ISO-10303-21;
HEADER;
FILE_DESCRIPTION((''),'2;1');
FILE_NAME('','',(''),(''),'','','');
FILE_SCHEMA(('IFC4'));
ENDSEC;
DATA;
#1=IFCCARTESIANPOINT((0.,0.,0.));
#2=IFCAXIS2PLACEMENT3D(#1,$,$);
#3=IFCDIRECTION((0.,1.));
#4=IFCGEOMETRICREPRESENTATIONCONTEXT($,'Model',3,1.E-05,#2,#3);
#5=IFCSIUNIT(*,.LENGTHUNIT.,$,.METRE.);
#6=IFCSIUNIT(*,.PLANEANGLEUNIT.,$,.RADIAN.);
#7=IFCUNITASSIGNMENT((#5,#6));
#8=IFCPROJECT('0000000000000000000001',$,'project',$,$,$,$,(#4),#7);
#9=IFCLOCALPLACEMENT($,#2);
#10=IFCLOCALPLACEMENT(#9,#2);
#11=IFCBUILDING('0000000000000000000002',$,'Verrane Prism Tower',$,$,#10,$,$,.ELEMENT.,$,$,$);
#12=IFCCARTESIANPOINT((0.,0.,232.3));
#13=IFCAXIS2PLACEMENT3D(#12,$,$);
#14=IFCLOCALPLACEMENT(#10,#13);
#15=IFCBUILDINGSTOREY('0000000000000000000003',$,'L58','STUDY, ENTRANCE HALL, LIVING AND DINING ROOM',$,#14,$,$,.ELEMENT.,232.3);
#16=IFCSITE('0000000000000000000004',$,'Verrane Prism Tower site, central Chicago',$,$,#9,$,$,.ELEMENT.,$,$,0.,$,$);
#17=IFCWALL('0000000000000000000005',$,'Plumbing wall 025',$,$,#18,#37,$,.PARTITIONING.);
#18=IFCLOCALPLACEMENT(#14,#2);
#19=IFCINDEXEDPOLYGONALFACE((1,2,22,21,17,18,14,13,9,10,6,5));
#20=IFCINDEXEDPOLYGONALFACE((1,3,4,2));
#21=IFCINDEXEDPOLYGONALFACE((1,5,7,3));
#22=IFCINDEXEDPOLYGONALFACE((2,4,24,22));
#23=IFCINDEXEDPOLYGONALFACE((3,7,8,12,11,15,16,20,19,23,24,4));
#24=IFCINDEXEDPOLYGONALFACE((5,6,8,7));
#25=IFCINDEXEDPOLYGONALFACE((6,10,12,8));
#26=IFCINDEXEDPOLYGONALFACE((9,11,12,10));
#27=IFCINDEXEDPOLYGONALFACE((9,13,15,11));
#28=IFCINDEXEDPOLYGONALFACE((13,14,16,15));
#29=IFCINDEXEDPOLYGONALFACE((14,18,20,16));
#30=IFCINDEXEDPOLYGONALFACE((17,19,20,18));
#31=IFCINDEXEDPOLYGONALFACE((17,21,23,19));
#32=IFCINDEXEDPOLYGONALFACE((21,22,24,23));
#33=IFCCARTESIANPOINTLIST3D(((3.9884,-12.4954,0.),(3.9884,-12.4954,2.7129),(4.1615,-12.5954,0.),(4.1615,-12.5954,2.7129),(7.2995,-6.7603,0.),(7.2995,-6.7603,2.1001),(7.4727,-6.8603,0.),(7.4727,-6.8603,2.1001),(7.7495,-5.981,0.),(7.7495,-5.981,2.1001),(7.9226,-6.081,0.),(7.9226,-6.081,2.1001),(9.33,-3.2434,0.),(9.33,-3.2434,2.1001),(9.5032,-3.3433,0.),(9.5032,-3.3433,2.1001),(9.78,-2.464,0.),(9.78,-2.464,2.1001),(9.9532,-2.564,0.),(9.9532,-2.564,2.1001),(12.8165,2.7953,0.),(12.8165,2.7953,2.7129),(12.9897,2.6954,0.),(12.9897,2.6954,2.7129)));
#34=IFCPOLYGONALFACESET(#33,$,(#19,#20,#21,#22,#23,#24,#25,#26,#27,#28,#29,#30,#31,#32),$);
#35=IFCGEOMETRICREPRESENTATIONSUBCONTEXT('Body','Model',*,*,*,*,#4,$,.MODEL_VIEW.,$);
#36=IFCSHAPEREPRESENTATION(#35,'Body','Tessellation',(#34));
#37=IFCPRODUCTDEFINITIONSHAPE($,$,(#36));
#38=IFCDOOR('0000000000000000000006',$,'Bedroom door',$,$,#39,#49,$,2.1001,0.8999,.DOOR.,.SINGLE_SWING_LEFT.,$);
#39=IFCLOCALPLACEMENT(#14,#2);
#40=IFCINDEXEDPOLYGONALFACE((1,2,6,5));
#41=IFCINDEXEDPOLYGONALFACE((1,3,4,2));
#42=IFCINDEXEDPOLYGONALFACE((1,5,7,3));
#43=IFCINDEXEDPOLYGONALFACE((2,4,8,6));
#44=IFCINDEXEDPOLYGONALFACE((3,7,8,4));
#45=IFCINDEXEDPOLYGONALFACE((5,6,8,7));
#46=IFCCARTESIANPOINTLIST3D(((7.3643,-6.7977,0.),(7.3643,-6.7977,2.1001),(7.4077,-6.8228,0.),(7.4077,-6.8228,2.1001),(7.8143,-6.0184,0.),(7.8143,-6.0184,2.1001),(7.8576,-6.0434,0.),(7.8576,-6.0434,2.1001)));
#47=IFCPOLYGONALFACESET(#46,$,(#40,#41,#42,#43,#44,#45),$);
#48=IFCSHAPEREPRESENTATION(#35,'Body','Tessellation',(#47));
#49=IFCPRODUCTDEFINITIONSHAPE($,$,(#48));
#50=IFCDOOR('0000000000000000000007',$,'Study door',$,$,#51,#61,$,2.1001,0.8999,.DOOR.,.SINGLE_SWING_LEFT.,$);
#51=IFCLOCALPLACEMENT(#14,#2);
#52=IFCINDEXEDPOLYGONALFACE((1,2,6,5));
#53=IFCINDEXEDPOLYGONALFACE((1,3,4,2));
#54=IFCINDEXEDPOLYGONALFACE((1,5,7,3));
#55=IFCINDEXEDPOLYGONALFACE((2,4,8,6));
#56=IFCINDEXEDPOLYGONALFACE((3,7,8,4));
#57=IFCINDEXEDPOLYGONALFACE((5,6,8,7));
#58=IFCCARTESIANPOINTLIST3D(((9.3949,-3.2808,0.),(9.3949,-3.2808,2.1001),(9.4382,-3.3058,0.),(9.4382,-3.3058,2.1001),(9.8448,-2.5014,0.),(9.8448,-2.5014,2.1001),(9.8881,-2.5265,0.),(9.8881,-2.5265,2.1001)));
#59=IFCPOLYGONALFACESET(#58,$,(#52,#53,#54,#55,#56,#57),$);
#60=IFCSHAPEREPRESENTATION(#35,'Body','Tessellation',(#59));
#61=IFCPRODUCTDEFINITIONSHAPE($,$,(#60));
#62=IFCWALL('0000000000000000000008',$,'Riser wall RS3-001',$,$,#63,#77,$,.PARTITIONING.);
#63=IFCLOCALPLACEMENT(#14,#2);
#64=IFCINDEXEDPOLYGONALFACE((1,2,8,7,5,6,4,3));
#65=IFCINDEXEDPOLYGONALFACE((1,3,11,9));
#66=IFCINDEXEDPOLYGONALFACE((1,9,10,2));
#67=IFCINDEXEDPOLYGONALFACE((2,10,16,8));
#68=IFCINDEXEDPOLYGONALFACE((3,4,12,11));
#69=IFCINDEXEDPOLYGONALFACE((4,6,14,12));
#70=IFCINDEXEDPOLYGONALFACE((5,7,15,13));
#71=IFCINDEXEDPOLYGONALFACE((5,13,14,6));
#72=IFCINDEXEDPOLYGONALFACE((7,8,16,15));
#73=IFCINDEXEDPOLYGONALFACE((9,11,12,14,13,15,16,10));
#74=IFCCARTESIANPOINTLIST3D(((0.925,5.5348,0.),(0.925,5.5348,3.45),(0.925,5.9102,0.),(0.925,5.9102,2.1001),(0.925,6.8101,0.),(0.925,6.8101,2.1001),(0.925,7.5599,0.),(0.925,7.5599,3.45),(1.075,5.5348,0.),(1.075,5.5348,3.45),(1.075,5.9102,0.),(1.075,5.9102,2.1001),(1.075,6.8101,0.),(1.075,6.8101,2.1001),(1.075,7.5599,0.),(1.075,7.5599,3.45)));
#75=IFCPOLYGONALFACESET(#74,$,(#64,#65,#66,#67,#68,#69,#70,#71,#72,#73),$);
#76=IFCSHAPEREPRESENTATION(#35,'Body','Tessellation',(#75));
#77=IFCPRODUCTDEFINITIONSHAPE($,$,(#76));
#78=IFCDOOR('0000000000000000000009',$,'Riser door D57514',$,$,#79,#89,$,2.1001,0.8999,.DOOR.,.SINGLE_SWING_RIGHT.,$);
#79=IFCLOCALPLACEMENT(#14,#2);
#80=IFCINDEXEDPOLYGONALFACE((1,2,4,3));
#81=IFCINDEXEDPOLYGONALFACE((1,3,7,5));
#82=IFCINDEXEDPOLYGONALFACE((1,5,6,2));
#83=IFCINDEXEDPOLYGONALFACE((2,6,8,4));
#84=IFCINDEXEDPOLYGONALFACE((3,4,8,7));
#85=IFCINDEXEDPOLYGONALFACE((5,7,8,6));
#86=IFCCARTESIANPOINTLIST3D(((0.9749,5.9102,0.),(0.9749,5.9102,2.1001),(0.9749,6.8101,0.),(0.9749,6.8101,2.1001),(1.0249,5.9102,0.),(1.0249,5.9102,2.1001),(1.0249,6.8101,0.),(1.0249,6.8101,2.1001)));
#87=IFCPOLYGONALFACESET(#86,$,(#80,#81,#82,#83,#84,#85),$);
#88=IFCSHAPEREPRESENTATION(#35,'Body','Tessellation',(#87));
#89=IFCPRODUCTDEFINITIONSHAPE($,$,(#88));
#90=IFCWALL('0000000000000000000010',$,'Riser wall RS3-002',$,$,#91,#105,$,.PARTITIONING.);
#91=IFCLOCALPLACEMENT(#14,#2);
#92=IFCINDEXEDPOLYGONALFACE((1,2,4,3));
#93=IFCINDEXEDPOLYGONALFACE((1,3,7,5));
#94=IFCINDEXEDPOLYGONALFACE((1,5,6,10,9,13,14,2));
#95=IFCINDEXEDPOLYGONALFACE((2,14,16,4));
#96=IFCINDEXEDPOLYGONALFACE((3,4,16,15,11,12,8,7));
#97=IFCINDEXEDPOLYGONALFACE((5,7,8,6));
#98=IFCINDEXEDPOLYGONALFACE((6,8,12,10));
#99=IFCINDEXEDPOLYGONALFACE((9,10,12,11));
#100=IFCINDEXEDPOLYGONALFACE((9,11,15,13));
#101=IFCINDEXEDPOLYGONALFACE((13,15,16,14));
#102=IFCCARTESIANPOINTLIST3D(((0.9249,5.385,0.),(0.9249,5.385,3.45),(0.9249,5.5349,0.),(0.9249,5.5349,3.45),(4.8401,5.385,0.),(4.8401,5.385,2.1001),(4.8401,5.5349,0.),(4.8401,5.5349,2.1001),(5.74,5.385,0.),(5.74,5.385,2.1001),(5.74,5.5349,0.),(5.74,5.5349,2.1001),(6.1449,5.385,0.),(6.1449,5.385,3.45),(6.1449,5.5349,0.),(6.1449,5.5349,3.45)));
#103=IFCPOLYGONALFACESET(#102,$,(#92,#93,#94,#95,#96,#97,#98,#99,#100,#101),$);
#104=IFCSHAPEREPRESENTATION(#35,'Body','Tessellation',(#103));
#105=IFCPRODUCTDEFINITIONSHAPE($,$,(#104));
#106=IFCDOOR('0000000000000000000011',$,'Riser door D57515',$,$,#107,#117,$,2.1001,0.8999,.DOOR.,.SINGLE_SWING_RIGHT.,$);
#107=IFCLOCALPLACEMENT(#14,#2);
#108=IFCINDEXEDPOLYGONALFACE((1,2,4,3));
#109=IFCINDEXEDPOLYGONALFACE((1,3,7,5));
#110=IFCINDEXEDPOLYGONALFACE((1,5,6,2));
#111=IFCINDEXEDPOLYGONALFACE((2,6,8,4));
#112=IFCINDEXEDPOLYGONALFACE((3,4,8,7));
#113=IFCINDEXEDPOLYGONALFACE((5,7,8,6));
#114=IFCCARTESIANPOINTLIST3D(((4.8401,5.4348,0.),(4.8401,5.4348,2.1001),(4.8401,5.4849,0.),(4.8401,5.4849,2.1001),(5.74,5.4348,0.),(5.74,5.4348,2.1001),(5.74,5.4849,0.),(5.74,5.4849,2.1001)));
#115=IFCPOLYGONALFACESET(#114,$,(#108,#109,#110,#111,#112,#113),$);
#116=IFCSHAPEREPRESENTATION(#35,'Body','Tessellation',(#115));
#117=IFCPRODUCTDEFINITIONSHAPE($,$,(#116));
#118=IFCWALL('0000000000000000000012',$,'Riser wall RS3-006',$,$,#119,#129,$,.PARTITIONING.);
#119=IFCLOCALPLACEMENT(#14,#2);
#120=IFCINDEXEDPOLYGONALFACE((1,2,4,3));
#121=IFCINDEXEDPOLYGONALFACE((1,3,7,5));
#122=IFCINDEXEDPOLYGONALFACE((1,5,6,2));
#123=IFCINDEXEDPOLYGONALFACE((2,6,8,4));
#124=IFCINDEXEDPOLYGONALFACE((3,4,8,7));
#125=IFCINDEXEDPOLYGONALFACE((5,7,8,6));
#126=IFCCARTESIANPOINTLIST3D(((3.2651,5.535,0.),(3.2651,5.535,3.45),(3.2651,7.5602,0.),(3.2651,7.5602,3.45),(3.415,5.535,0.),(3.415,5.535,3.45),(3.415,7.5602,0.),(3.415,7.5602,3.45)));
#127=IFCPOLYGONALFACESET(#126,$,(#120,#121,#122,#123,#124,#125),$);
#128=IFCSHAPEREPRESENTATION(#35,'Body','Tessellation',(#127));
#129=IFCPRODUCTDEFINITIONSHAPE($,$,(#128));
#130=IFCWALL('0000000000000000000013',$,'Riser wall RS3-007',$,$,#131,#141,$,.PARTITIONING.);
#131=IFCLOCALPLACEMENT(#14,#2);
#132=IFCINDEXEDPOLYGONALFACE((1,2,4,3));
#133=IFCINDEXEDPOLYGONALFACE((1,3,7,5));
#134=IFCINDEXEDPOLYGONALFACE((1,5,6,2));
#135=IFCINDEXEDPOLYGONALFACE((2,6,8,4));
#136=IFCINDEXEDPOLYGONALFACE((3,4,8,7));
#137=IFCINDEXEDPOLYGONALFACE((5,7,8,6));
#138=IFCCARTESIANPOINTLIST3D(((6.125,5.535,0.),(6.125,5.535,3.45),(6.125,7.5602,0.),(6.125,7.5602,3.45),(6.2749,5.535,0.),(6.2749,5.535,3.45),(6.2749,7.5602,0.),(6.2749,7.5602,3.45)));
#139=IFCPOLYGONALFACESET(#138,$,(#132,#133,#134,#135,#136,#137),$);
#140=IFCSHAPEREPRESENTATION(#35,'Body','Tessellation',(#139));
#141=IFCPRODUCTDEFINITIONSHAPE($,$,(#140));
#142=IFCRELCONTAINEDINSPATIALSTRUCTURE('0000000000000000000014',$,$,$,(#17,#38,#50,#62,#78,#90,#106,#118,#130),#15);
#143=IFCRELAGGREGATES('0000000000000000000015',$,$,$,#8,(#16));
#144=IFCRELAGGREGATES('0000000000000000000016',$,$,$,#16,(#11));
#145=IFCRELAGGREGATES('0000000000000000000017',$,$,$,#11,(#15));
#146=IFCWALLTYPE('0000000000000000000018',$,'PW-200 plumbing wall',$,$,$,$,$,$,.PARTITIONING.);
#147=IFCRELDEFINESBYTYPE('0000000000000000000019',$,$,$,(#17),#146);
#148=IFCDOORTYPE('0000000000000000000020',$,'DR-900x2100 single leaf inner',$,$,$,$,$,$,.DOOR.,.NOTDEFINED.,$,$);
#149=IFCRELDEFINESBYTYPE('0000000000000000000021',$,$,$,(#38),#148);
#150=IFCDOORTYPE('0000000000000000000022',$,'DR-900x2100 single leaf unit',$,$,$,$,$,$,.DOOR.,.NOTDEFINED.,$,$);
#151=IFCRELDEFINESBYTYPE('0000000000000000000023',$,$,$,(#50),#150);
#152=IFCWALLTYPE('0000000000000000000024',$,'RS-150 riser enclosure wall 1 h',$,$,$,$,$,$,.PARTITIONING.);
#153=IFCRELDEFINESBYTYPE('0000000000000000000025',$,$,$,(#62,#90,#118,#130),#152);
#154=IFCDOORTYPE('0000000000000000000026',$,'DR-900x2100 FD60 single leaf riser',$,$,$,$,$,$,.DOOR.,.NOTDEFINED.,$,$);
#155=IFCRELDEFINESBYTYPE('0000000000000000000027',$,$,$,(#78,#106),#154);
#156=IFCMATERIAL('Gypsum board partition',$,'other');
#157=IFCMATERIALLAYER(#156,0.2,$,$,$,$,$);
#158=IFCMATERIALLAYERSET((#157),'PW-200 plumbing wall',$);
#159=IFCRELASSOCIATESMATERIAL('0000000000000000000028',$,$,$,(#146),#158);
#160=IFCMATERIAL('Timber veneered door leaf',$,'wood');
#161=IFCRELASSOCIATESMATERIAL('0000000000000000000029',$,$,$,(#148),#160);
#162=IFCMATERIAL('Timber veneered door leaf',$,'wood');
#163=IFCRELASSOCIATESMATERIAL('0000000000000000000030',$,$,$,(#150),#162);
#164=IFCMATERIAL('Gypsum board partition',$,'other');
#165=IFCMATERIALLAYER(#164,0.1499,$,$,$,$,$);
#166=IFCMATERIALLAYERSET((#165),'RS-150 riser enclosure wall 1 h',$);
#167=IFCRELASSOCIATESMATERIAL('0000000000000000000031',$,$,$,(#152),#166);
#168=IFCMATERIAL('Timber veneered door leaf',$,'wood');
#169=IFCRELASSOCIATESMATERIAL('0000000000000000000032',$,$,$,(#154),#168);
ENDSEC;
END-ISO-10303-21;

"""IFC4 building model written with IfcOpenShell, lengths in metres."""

from ifc_helpers import new_model, si_unit, direction, frame, frame_2d, origin, place, context, subcontext, project, spatial, rectangle, extrude, material, layer, layer_set, type_object, element, fill, save


model = new_model("IFC4")

# Units and contexts
model_context = context("Model", 3, precision=1e-05, world=origin(), true_north=direction((0.0, 1.0)))
body_context = subcontext(model_context, "Body", "Model", "MODEL_VIEW")
ifc_project = project(units=[si_unit("LENGTHUNIT", "METRE"), si_unit("PLANEANGLEUNIT", "RADIAN")], contexts=[model_context])

# Site, building, storey
site_placement = place(None, origin())
site = spatial("IfcSite", under=ifc_project, at=site_placement, Name="Verrane Prism Tower site, central Chicago", CompositionType="ELEMENT", RefElevation=0.0)
building_placement = place(site_placement, origin())
building = spatial("IfcBuilding", under=site, at=building_placement, Name="Verrane Prism Tower", CompositionType="ELEMENT")
storey_placement = place(building_placement, frame((0.0, 0.0, 232.3)))
storey = spatial("IfcBuildingStorey", under=building, at=storey_placement, Name="L58", Description="STUDY, ENTRANCE HALL, LIVING AND DINING ROOM", CompositionType="ELEMENT", Elevation=232.3)

# Wall, openings, doors
ifc_material_1 = material(Name="Gypsum board partition", Category="other")
ifc_layer_1 = layer(ifc_material_1, 0.2)
ifc_layer_set_1 = layer_set([ifc_layer_1], Name="PW-200 plumbing wall")
wall_type_1 = type_object("IfcWallType", Name="PW-200 plumbing wall", PredefinedType="PARTITIONING", material=ifc_layer_set_1)
wall_1_placement = place(storey_placement, frame((12.9031, 2.7454, 0.0), z_axis=(0.0, 0.0, 1.0), x_axis=(-0.5, -0.866026, 0.0)))
wall_1 = element("IfcWall", 1, at=wall_1_placement, inside=storey, type_object=wall_type_1, Name="Plumbing wall 025", PredefinedType="PARTITIONING", context=body_context, shape_type="SweptSolid", body=[
    extrude(rectangle(XDim=17.6562, YDim=0.2, at=frame_2d((8.8281, 0.0))), origin(), (0.0, 0.0, 1.0), 2.7129),
])
opening_1_placement = place(wall_1_placement, frame((10.134, 0.0, 0.0)))
opening_1 = element("IfcOpeningElement", 2, at=opening_1_placement, cuts=wall_1, PredefinedType="OPENING", context=body_context, shape_type="SweptSolid", body=[
    extrude(rectangle(XDim=0.8999, YDim=2.1001, at=frame_2d((0.45, 1.05))), frame((0.0, 0.1099, 0.0), z_axis=(0.0, -1.0, 0.0), x_axis=(1.0, 0.0, 0.0)), (0.0, 0.0, 1.0), 0.22),
])
opening_2_placement = place(wall_1_placement, frame((6.073, 0.0, 0.0)))
opening_2 = element("IfcOpeningElement", 3, at=opening_2_placement, cuts=wall_1, PredefinedType="OPENING", context=body_context, shape_type="SweptSolid", body=[
    extrude(rectangle(XDim=0.8999, YDim=2.1001, at=frame_2d((0.45, 1.05))), frame((0.0, 0.1099, 0.0), z_axis=(0.0, -1.0, 0.0), x_axis=(1.0, 0.0, 0.0)), (0.0, 0.0, 1.0), 0.22),
])
ifc_material_2 = material(Name="Timber veneered door leaf", Category="wood")
door_type_1 = type_object("IfcDoorType", Name="DR-900x2100 single leaf inner", OperationType="NOTDEFINED", PredefinedType="DOOR", material=ifc_material_2)
door_1_placement = place(opening_1_placement, origin())
door_1 = element("IfcDoor", 4, at=door_1_placement, inside=storey, type_object=door_type_1, Name="Bedroom door", OperationType="SINGLE_SWING_LEFT", OverallHeight=2.1001, OverallWidth=0.8999, PredefinedType="DOOR", context=body_context, shape_type="SweptSolid", body=[
    extrude(rectangle(XDim=0.8999, YDim=2.1001, at=frame_2d((0.45, 1.05))), frame((0.0, 0.0249, 0.0), z_axis=(0.0, -1.0, 0.0), x_axis=(1.0, 0.0, 0.0)), (0.0, 0.0, 1.0), 0.05),
])
fill(opening_1, door_1)
ifc_material_3 = material(Name="Timber veneered door leaf", Category="wood")
door_type_2 = type_object("IfcDoorType", Name="DR-900x2100 single leaf unit", OperationType="NOTDEFINED", PredefinedType="DOOR", material=ifc_material_3)
door_2_placement = place(opening_2_placement, origin())
door_2 = element("IfcDoor", 5, at=door_2_placement, inside=storey, type_object=door_type_2, Name="Study door", OperationType="SINGLE_SWING_LEFT", OverallHeight=2.1001, OverallWidth=0.8999, PredefinedType="DOOR", context=body_context, shape_type="SweptSolid", body=[
    extrude(rectangle(XDim=0.8999, YDim=2.1001, at=frame_2d((0.45, 1.05))), frame((0.0, 0.0249, 0.0), z_axis=(0.0, -1.0, 0.0), x_axis=(1.0, 0.0, 0.0)), (0.0, 0.0, 1.0), 0.05),
])
fill(opening_2, door_2)

# Walls, openings, doors
ifc_material_4 = material(Name="Gypsum board partition", Category="other")
ifc_layer_2 = layer(ifc_material_4, 0.1499)
ifc_layer_set_2 = layer_set([ifc_layer_2], Name="RS-150 riser enclosure wall 1 h")
wall_type_2 = type_object("IfcWallType", Name="RS-150 riser enclosure wall 1 h", PredefinedType="PARTITIONING", material=ifc_layer_set_2)
wall_2_placement = place(storey_placement, frame((1.0, 7.5601, 0.0), z_axis=(0.0, 0.0, 1.0), x_axis=(0.0, -1.0, 0.0)))
wall_2 = element("IfcWall", 6, at=wall_2_placement, inside=storey, type_object=wall_type_2, Name="Riser wall RS3-001", PredefinedType="PARTITIONING", context=body_context, shape_type="SweptSolid", body=[
    extrude(rectangle(XDim=2.0251, YDim=0.1499, at=frame_2d((1.0127, 0.0))), origin(), (0.0, 0.0, 1.0), 3.45),
])
opening_3_placement = place(wall_2_placement, frame((0.75, 0.0, 0.0)))
opening_3 = element("IfcOpeningElement", 7, at=opening_3_placement, cuts=wall_2, PredefinedType="OPENING", context=body_context, shape_type="SweptSolid", body=[
    extrude(rectangle(XDim=0.8999, YDim=2.1001, at=frame_2d((0.45, 1.05))), frame((0.0, 0.085, 0.0), z_axis=(0.0, -1.0, 0.0), x_axis=(1.0, 0.0, 0.0)), (0.0, 0.0, 1.0), 0.1699),
])
ifc_material_5 = material(Name="Timber veneered door leaf", Category="wood")
door_type_3 = type_object("IfcDoorType", Name="DR-900x2100 FD60 single leaf riser", OperationType="NOTDEFINED", PredefinedType="DOOR", material=ifc_material_5)
door_3_placement = place(opening_3_placement, origin())
door_3 = element("IfcDoor", 8, at=door_3_placement, inside=storey, type_object=door_type_3, Name="Riser door D57514", OperationType="SINGLE_SWING_RIGHT", OverallHeight=2.1001, OverallWidth=0.8999, PredefinedType="DOOR", context=body_context, shape_type="SweptSolid", body=[
    extrude(rectangle(XDim=0.8999, YDim=2.1001, at=frame_2d((0.45, 1.05))), frame((0.0, 0.0249, 0.0), z_axis=(0.0, -1.0, 0.0), x_axis=(1.0, 0.0, 0.0)), (0.0, 0.0, 1.0), 0.05),
])
fill(opening_3, door_3)
wall_3_placement = place(storey_placement, frame((0.925, 5.46, 0.0), z_axis=(0.0, 0.0, 1.0), x_axis=(1.0, 0.0, 0.0)))
wall_3 = element("IfcWall", 9, at=wall_3_placement, inside=storey, type_object=wall_type_2, Name="Riser wall RS3-002", PredefinedType="PARTITIONING", context=body_context, shape_type="SweptSolid", body=[
    extrude(rectangle(XDim=5.22, YDim=0.1499, at=frame_2d((2.6099, 0.0))), origin(), (0.0, 0.0, 1.0), 3.45),
])
opening_4_placement = place(wall_3_placement, frame((3.915, 0.0, 0.0)))
opening_4 = element("IfcOpeningElement", 10, at=opening_4_placement, cuts=wall_3, PredefinedType="OPENING", context=body_context, shape_type="SweptSolid", body=[
    extrude(rectangle(XDim=0.8999, YDim=2.1001, at=frame_2d((0.45, 1.05))), frame((0.0, 0.085, 0.0), z_axis=(0.0, -1.0, 0.0), x_axis=(1.0, 0.0, 0.0)), (0.0, 0.0, 1.0), 0.1699),
])
door_4_placement = place(opening_4_placement, origin())
door_4 = element("IfcDoor", 11, at=door_4_placement, inside=storey, type_object=door_type_3, Name="Riser door D57515", OperationType="SINGLE_SWING_RIGHT", OverallHeight=2.1001, OverallWidth=0.8999, PredefinedType="DOOR", context=body_context, shape_type="SweptSolid", body=[
    extrude(rectangle(XDim=0.8999, YDim=2.1001, at=frame_2d((0.45, 1.05))), frame((0.0, 0.0249, 0.0), z_axis=(0.0, -1.0, 0.0), x_axis=(1.0, 0.0, 0.0)), (0.0, 0.0, 1.0), 0.05),
])
fill(opening_4, door_4)

# Walls
for number, where, z_axis, x_axis, name in (
    (12, (3.3401, 5.5349, 0.0), (0.0, 0.0, 1.0), (0.0, 1.0, 0.0), "Riser wall RS3-006"),
    (13, (6.2, 5.5349, 0.0), (0.0, 0.0, 1.0), (0.0, 1.0, 0.0), "Riser wall RS3-007"),
):
    element("IfcWall", number, at=place(storey_placement, frame(where, z_axis=z_axis, x_axis=x_axis)), inside=storey, type_object=wall_type_2, Name=name, PredefinedType="PARTITIONING", context=body_context, shape_type="SweptSolid", body=[
        extrude(rectangle(XDim=2.0251, YDim=0.1499, at=frame_2d((1.0127, 0.0))), origin(), (0.0, 0.0, 1.0), 3.45),
    ])

save(model, "model.ifc")
